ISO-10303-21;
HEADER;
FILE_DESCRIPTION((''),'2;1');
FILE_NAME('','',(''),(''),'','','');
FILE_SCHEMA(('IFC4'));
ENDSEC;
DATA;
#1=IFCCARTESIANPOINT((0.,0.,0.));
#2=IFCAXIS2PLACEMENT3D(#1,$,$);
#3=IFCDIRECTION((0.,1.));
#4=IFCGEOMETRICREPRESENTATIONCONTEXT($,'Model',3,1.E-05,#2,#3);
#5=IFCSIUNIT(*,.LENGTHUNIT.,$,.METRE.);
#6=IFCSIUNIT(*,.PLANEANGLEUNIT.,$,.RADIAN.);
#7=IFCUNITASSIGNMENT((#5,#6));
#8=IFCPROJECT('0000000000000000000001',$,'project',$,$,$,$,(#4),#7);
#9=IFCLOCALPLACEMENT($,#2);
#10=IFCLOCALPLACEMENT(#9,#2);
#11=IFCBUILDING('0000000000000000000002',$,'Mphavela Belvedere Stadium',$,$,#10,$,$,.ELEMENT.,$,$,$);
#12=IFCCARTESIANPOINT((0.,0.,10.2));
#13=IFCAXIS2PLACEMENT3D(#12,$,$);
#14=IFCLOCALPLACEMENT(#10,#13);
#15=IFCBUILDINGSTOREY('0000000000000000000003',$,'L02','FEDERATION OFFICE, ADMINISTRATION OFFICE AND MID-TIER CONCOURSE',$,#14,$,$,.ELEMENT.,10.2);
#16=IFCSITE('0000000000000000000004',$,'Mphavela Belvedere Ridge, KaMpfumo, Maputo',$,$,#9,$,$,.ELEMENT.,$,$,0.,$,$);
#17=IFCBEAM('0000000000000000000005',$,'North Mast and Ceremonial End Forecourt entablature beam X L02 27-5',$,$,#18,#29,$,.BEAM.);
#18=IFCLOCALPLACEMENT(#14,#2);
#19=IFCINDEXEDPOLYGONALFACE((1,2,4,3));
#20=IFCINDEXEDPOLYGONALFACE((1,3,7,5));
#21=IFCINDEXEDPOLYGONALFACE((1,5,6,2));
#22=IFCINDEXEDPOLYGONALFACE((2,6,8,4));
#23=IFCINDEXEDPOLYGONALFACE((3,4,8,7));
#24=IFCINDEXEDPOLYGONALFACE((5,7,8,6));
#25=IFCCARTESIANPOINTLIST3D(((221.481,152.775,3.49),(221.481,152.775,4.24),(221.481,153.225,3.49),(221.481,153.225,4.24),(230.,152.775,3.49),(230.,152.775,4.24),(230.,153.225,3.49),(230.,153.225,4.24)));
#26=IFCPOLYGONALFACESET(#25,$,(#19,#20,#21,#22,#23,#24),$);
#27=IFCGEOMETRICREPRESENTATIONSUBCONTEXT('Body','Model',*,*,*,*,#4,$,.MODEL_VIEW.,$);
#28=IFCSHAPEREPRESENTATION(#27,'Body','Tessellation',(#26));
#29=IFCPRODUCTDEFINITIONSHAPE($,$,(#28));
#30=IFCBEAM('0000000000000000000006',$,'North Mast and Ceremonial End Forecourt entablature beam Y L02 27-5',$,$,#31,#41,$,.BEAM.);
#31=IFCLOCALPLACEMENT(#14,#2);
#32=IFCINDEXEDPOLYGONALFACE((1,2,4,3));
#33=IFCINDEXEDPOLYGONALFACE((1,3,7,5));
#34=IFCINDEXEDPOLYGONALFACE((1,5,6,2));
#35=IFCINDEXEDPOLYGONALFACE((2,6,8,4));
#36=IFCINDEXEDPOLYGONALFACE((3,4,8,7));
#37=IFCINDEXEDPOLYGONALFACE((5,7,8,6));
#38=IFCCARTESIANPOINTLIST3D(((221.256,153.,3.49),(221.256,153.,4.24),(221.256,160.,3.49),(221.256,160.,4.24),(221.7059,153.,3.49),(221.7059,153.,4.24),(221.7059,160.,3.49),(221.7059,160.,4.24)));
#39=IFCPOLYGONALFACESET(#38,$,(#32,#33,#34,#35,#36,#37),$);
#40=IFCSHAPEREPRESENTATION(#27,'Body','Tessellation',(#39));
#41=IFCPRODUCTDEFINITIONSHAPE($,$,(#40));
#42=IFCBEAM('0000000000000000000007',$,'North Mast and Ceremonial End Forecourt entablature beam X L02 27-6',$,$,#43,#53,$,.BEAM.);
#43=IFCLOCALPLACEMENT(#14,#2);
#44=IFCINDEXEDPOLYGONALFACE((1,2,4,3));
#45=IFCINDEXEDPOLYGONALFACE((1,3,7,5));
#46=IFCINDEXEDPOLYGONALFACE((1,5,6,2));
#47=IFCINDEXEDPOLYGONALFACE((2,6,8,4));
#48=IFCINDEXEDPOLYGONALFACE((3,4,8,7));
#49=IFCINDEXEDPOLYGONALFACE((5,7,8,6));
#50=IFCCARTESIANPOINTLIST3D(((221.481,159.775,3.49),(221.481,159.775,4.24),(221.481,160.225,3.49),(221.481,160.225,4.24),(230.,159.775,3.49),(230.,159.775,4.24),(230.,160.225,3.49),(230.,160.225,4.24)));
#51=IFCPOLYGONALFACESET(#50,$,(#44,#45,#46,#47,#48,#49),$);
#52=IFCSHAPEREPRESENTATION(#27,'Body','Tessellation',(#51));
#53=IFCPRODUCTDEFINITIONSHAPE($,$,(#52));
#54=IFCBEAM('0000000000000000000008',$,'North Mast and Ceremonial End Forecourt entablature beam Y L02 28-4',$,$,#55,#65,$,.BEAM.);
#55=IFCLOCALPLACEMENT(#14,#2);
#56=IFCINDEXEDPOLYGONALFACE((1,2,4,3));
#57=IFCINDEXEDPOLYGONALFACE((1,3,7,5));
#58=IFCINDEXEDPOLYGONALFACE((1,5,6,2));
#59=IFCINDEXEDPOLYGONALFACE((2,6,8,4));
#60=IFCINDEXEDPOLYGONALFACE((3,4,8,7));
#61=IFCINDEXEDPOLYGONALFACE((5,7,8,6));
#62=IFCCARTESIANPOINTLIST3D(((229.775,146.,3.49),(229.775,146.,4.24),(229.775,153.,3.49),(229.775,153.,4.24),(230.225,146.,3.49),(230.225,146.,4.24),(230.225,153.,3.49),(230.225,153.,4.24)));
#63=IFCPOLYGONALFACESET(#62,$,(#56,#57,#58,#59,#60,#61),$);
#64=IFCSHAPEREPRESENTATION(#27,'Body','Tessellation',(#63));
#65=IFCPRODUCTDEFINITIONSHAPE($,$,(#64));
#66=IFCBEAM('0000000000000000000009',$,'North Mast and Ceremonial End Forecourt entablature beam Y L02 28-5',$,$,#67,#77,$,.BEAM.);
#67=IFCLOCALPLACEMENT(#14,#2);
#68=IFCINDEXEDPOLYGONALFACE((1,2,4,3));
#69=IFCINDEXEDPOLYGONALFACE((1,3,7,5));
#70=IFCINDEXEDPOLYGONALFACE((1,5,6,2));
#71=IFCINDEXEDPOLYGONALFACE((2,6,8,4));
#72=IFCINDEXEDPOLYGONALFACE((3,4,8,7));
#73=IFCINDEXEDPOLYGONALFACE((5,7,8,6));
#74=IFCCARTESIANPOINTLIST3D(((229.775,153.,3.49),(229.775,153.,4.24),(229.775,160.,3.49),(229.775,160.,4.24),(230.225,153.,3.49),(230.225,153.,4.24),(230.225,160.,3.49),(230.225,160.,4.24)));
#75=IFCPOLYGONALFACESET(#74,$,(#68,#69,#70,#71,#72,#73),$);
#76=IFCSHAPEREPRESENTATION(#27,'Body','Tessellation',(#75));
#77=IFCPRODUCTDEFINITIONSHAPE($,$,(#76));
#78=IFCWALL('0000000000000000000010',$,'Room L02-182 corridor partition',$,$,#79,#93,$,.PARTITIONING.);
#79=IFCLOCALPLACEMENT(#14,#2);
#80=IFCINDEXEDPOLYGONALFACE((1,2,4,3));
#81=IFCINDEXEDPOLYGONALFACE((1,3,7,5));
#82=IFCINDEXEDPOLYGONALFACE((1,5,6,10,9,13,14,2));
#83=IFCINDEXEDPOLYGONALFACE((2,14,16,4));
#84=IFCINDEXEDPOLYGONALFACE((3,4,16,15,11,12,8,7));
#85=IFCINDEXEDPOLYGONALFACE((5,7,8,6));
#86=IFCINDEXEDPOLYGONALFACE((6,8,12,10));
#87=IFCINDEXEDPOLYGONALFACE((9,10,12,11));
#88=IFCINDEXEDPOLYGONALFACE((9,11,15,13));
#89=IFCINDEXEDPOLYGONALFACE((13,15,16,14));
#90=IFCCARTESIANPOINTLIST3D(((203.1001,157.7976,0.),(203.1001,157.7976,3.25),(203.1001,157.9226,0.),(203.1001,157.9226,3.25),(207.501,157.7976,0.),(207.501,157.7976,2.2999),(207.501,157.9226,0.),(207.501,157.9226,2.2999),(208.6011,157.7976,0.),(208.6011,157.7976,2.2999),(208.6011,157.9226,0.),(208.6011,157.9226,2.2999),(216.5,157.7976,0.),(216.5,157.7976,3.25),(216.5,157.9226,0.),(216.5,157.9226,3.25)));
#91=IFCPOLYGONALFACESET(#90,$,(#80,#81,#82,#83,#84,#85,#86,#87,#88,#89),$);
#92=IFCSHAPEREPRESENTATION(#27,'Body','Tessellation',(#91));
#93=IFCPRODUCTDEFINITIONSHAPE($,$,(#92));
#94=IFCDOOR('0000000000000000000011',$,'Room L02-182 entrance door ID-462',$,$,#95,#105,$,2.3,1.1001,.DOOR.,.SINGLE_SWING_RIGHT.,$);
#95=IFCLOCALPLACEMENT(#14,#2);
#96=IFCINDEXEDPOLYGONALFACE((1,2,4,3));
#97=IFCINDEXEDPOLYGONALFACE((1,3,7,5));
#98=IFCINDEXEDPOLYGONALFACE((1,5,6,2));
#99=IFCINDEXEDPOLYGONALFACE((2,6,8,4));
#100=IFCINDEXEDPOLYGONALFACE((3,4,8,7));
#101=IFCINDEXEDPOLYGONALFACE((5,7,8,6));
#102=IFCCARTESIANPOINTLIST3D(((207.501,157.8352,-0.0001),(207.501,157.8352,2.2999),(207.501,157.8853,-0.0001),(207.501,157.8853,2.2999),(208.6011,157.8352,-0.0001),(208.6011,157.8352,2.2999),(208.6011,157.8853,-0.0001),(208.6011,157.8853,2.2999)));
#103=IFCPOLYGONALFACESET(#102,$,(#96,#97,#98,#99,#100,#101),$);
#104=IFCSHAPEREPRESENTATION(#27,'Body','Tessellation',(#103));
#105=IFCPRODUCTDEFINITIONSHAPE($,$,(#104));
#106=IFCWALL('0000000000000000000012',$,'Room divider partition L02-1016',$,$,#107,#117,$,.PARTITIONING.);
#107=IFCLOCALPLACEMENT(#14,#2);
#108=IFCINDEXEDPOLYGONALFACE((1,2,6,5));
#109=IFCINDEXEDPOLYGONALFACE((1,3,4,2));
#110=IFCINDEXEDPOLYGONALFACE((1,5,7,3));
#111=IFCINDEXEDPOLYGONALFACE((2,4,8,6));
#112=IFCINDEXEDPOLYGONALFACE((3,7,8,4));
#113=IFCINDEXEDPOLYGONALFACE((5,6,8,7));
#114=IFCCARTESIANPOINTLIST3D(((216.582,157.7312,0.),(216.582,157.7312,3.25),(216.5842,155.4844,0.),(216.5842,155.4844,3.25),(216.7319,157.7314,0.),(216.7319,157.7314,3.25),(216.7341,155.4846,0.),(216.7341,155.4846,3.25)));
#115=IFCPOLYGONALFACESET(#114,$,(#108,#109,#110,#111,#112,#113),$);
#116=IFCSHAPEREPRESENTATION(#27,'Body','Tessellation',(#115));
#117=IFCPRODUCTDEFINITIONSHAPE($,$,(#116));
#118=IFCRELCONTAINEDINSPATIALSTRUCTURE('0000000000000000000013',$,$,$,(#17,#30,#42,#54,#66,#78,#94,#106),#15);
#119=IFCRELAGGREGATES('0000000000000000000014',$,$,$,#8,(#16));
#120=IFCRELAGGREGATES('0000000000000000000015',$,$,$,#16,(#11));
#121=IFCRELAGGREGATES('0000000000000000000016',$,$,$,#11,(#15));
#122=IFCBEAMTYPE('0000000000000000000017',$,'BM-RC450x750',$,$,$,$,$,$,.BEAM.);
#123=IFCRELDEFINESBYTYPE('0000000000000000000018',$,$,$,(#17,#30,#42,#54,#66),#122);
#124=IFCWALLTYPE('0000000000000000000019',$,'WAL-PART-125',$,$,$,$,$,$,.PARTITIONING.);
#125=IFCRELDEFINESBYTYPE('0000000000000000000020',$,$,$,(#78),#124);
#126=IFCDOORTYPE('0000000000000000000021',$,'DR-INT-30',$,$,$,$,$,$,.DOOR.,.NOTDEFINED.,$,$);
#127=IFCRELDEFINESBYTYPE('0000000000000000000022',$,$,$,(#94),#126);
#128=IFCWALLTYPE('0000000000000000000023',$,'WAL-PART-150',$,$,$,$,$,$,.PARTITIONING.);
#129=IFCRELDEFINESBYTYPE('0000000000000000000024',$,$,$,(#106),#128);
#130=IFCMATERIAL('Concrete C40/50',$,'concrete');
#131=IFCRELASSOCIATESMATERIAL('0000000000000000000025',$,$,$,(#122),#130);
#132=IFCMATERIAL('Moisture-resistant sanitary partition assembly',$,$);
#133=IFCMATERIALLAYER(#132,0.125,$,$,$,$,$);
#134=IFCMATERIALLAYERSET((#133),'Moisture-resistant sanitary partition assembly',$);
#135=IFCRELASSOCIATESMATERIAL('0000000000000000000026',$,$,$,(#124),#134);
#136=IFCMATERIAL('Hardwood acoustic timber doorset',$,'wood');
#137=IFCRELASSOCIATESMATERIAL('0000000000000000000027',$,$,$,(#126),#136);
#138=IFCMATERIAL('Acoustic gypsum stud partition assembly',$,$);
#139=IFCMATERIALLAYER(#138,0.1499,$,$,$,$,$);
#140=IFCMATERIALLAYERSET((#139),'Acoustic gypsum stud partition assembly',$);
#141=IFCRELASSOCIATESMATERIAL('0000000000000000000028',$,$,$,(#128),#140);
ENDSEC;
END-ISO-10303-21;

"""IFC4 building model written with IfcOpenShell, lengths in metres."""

from ifc_helpers import new_model, si_unit, direction, frame, frame_2d, origin, origin_2d, place, context, subcontext, project, spatial, rectangle, extrude, material, layer, layer_set, material_profile, profile_set, type_object, element, fill, save


model = new_model("IFC4")

# Units and contexts
model_context = context("Model", 3, precision=1e-05, world=origin(), true_north=direction((0.0, 1.0)))
body_context = subcontext(model_context, "Body", "Model", "MODEL_VIEW")
ifc_project = project(units=[si_unit("LENGTHUNIT", "METRE"), si_unit("PLANEANGLEUNIT", "RADIAN")], contexts=[model_context])

# Site, building, storey
site_placement = place(None, origin())
site = spatial("IfcSite", under=ifc_project, at=site_placement, Name="Mphavela Belvedere Ridge, KaMpfumo, Maputo", CompositionType="ELEMENT", RefElevation=0.0)
building_placement = place(site_placement, origin())
building = spatial("IfcBuilding", under=site, at=building_placement, Name="Mphavela Belvedere Stadium", CompositionType="ELEMENT")
storey_placement = place(building_placement, frame((0.0, 0.0, 10.2)))
storey = spatial("IfcBuildingStorey", under=building, at=storey_placement, Name="L02", Description="FEDERATION OFFICE, ADMINISTRATION OFFICE AND MID-TIER CONCOURSE", CompositionType="ELEMENT", Elevation=10.2)

# Beams
ifc_material_1 = material(Name="Concrete C40/50", Category="concrete")
ifc_material_profile_1 = material_profile(ifc_material_1, rectangle(XDim=0.45, YDim=0.75, at=origin_2d()), Name="RC 450x750")
ifc_profile_set_1 = profile_set([ifc_material_profile_1], Name="Concrete C40/50")
beam_type_1 = type_object("IfcBeamType", Name="BM-RC450x750", PredefinedType="BEAM", material=ifc_profile_set_1)
beam_1_placement = place(storey_placement, frame((221.481, 153.0, 3.865), z_axis=(1.0, 0.0, 0.0), x_axis=(0.0, 1.0, 0.0)))
element("IfcBeam", 1, at=beam_1_placement, inside=storey, type_object=beam_type_1, Name="North Mast and Ceremonial End Forecourt entablature beam X L02 27-5", PredefinedType="BEAM", context=body_context, shape_type="SweptSolid", body=[
    extrude(rectangle(XDim=0.45, YDim=0.75, at=origin_2d()), origin(), (0.0, 0.0, 1.0), 8.519),
])
beam_2_placement = place(storey_placement, frame((221.481, 153.0, 3.865), z_axis=(0.0, 1.0, 0.0), x_axis=(-1.0, 0.0, 0.0)))
element("IfcBeam", 2, at=beam_2_placement, inside=storey, type_object=beam_type_1, Name="North Mast and Ceremonial End Forecourt entablature beam Y L02 27-5", PredefinedType="BEAM", context=body_context, shape_type="SweptSolid", body=[
    extrude(rectangle(XDim=0.45, YDim=0.75, at=origin_2d()), origin(), (0.0, 0.0, 1.0), 7.0),
])
beam_3_placement = place(storey_placement, frame((221.481, 160.0, 3.865), z_axis=(1.0, 0.0, 0.0), x_axis=(0.0, 1.0, 0.0)))
element("IfcBeam", 3, at=beam_3_placement, inside=storey, type_object=beam_type_1, Name="North Mast and Ceremonial End Forecourt entablature beam X L02 27-6", PredefinedType="BEAM", context=body_context, shape_type="SweptSolid", body=[
    extrude(rectangle(XDim=0.45, YDim=0.75, at=origin_2d()), origin(), (0.0, 0.0, 1.0), 8.519),
])
for number, where, z_axis, x_axis, name in (
    (4, (230.0, 146.0, 3.865), (0.0, 1.0, 0.0), (-1.0, 0.0, 0.0), "North Mast and Ceremonial End Forecourt entablature beam Y L02 28-4"),
    (5, (230.0, 153.0, 3.865), (0.0, 1.0, 0.0), (-1.0, 0.0, 0.0), "North Mast and Ceremonial End Forecourt entablature beam Y L02 28-5"),
):
    element("IfcBeam", number, at=place(storey_placement, frame(where, z_axis=z_axis, x_axis=x_axis)), inside=storey, type_object=beam_type_1, Name=name, PredefinedType="BEAM", context=body_context, shape_type="SweptSolid", body=[
        extrude(rectangle(XDim=0.45, YDim=0.75, at=origin_2d()), origin(), (0.0, 0.0, 1.0), 7.0),
    ])

# Wall, opening, door
ifc_material_2 = material(Name="Moisture-resistant sanitary partition assembly")
ifc_layer_1 = layer(ifc_material_2, 0.125)
ifc_layer_set_1 = layer_set([ifc_layer_1], Name="Moisture-resistant sanitary partition assembly")
wall_type_1 = type_object("IfcWallType", Name="WAL-PART-125", PredefinedType="PARTITIONING", material=ifc_layer_set_1)
wall_1_placement = place(storey_placement, frame((216.5, 157.8601, 0.0), z_axis=(0.0, 0.0, 1.0), x_axis=(-1.0, 0.0, 0.0)))
wall_1 = element("IfcWall", 6, at=wall_1_placement, inside=storey, type_object=wall_type_1, Name="Room L02-182 corridor partition", PredefinedType="PARTITIONING", context=body_context, shape_type="SweptSolid", body=[
    extrude(rectangle(XDim=13.3999, YDim=0.125, at=frame_2d((6.7, 0.0))), origin(), (0.0, 0.0, 1.0), 3.25),
])
opening_placement = place(wall_1_placement, frame((7.8989, 0.0, 0.0)))
opening = element("IfcOpeningElement", 7, at=opening_placement, cuts=wall_1, PredefinedType="OPENING", context=body_context, shape_type="SweptSolid", body=[
    extrude(rectangle(XDim=1.1001, YDim=2.3, at=frame_2d((0.55, 1.1499))), frame((0.0, 0.0725, 0.0), z_axis=(0.0, -1.0, 0.0), x_axis=(1.0, 0.0, 0.0)), (0.0, 0.0, 1.0), 0.145),
])
ifc_material_3 = material(Name="Hardwood acoustic timber doorset", Category="wood")
door_type = type_object("IfcDoorType", Name="DR-INT-30", OperationType="NOTDEFINED", PredefinedType="DOOR", material=ifc_material_3)
door_placement = place(opening_placement, origin())
door = element("IfcDoor", 8, at=door_placement, inside=storey, type_object=door_type, Name="Room L02-182 entrance door ID-462", OperationType="SINGLE_SWING_RIGHT", OverallHeight=2.3, OverallWidth=1.1001, PredefinedType="DOOR", context=body_context, shape_type="SweptSolid", body=[
    extrude(rectangle(XDim=1.1001, YDim=2.3, at=frame_2d((0.55, 1.1499))), frame((0.0, 0.0249, 0.0), z_axis=(0.0, -1.0, 0.0), x_axis=(1.0, 0.0, 0.0)), (0.0, 0.0, 1.0), 0.05),
])
fill(opening, door)

# Wall
ifc_material_4 = material(Name="Acoustic gypsum stud partition assembly")
ifc_layer_2 = layer(ifc_material_4, 0.1499)
ifc_layer_set_2 = layer_set([ifc_layer_2], Name="Acoustic gypsum stud partition assembly")
wall_type_2 = type_object("IfcWallType", Name="WAL-PART-150", PredefinedType="PARTITIONING", material=ifc_layer_set_2)
wall_2_placement = place(storey_placement, frame((216.6592, 155.4844, 0.0), z_axis=(0.0, 0.0, 1.0), x_axis=(-0.000978, 1.0, 0.0)))
element("IfcWall", 9, at=wall_2_placement, inside=storey, type_object=wall_type_2, Name="Room divider partition L02-1016", PredefinedType="PARTITIONING", context=body_context, shape_type="SweptSolid", body=[
    extrude(rectangle(XDim=2.2468, YDim=0.1499, at=frame_2d((1.1235, 0.0))), origin(), (0.0, 0.0, 1.0), 3.25),
])

save(model, "model.ifc")
